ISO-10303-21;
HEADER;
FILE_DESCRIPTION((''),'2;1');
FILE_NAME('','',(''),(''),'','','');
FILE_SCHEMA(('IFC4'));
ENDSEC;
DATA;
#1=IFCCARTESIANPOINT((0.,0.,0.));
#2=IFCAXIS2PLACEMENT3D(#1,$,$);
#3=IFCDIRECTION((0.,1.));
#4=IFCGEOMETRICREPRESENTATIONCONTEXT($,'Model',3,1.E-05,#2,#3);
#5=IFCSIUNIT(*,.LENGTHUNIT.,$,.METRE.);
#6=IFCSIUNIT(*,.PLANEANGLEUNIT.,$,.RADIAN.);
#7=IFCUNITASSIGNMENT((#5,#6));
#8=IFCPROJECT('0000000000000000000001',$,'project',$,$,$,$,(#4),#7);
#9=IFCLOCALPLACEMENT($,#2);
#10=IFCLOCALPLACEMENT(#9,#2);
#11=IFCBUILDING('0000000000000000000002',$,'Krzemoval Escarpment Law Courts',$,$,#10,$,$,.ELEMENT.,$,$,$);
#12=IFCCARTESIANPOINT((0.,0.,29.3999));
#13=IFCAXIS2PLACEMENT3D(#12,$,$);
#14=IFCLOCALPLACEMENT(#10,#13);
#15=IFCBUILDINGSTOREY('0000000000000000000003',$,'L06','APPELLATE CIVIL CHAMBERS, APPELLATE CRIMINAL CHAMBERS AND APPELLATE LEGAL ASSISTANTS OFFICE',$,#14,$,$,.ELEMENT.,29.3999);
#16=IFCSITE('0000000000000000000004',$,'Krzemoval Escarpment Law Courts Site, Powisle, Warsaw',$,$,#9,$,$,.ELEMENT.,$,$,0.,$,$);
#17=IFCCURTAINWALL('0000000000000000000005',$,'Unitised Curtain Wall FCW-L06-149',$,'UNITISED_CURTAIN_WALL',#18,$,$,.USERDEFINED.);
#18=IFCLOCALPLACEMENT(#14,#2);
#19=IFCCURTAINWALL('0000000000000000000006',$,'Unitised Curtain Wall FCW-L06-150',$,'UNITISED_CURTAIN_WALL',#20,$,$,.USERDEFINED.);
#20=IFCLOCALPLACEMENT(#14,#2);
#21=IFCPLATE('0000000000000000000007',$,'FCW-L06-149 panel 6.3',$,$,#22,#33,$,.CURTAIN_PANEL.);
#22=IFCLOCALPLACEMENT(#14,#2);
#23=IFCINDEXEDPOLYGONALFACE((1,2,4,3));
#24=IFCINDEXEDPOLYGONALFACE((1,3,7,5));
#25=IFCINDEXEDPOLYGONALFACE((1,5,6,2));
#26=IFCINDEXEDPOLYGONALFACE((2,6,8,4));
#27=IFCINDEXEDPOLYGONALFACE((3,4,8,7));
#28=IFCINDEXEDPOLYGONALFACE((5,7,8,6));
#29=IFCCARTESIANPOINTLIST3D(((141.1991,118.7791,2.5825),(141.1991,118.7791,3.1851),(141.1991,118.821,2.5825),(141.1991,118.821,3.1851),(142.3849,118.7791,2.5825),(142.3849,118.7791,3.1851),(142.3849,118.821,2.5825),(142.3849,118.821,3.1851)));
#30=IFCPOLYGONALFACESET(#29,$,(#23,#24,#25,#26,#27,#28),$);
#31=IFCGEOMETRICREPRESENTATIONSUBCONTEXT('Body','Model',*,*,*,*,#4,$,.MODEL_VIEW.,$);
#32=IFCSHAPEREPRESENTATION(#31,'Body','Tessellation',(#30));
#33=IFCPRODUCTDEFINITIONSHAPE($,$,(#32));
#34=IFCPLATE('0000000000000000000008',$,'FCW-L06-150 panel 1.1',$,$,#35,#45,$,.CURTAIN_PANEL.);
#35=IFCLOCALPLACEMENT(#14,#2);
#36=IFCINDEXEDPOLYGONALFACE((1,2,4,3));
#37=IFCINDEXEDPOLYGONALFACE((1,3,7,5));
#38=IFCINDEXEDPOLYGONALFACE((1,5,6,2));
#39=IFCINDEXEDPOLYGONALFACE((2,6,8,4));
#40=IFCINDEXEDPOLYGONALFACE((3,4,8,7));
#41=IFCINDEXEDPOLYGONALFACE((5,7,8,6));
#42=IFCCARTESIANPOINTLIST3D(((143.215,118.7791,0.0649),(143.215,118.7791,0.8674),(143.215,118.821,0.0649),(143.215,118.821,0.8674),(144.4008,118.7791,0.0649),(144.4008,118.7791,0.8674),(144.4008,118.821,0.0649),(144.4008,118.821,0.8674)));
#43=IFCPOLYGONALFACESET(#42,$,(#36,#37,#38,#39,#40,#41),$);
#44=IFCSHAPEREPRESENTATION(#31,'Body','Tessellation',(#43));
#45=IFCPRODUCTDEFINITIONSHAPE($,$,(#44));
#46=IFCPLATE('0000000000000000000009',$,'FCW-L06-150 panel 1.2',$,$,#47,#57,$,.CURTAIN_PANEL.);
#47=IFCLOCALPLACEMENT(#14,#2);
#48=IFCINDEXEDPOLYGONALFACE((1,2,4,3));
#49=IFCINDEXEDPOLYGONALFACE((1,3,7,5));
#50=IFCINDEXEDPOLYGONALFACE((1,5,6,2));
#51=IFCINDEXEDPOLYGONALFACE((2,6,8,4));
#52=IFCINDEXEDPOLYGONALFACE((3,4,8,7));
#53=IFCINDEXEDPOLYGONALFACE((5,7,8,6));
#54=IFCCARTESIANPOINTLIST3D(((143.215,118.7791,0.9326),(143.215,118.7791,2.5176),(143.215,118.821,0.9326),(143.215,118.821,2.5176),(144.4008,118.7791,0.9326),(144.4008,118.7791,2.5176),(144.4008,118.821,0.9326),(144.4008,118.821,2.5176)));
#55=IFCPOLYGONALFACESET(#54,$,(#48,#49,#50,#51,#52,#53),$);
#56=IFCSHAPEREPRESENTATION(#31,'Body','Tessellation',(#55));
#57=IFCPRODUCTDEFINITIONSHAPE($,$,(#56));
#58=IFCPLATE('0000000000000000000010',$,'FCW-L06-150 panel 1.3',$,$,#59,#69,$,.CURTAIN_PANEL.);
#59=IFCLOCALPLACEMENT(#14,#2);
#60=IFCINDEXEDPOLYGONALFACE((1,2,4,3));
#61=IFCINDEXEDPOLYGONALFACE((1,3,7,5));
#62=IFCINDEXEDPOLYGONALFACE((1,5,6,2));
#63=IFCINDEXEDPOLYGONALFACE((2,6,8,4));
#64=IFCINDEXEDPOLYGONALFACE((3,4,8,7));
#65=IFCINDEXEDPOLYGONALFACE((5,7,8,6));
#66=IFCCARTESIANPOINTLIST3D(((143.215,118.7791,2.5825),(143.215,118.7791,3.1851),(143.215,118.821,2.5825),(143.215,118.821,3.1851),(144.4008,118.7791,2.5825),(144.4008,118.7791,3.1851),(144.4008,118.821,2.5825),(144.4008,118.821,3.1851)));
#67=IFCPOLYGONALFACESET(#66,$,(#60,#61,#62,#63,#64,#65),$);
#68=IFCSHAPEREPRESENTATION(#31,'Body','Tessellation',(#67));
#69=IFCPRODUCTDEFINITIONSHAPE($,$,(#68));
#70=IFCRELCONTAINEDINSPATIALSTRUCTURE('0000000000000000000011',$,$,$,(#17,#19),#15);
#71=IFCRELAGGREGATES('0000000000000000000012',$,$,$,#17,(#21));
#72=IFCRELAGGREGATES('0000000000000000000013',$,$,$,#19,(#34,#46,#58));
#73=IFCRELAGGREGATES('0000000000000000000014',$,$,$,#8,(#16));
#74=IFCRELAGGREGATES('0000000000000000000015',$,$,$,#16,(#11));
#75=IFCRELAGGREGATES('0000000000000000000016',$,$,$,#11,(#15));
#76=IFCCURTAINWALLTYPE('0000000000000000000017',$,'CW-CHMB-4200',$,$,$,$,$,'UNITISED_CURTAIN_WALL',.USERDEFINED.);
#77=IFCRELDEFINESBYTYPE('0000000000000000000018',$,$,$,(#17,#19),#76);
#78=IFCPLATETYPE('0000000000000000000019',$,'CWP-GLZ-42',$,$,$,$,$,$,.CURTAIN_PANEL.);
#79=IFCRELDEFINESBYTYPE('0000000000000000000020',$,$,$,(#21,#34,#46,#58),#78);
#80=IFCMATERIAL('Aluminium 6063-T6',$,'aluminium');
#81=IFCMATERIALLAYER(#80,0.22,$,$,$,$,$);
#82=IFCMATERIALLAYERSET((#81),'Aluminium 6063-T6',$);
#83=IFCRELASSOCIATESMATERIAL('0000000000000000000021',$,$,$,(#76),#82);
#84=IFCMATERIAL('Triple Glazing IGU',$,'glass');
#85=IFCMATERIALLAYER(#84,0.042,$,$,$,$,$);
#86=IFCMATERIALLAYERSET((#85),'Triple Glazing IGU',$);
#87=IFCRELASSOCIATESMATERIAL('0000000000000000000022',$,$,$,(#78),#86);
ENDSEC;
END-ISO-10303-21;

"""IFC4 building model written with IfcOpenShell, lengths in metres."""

from ifc_helpers import new_model, si_unit, direction, frame, origin, origin_2d, place, context, subcontext, project, spatial, rectangle, extrude, material, layer, layer_set, type_object, element, aggregate, save


model = new_model("IFC4")

# Units and contexts
model_context = context("Model", 3, precision=1e-05, world=origin(), true_north=direction((0.0, 1.0)))
body_context = subcontext(model_context, "Body", "Model", "MODEL_VIEW")
ifc_project = project(units=[si_unit("LENGTHUNIT", "METRE"), si_unit("PLANEANGLEUNIT", "RADIAN")], contexts=[model_context])

# Site, building, storey
site_placement = place(None, origin())
site = spatial("IfcSite", under=ifc_project, at=site_placement, Name="Krzemoval Escarpment Law Courts Site, Powisle, Warsaw", CompositionType="ELEMENT", RefElevation=0.0)
building_placement = place(site_placement, origin())
building = spatial("IfcBuilding", under=site, at=building_placement, Name="Krzemoval Escarpment Law Courts", CompositionType="ELEMENT")
storey_placement = place(building_placement, frame((0.0, 0.0, 29.3999)))
storey = spatial("IfcBuildingStorey", under=building, at=storey_placement, Name="L06", Description="APPELLATE CIVIL CHAMBERS, APPELLATE CRIMINAL CHAMBERS AND APPELLATE LEGAL ASSISTANTS OFFICE", CompositionType="ELEMENT", Elevation=29.3999)

# Curtain wall
ifc_material_1 = material(Name="Aluminium 6063-T6", Category="aluminium")
ifc_layer_1 = layer(ifc_material_1, 0.22)
ifc_layer_set_1 = layer_set([ifc_layer_1], Name="Aluminium 6063-T6")
curtain_wall_type = type_object("IfcCurtainWallType", Name="CW-CHMB-4200", ElementType="UNITISED_CURTAIN_WALL", PredefinedType="USERDEFINED", material=ifc_layer_set_1)
curtain_wall_1_placement = place(storey_placement, origin())
curtain_wall_1 = element("IfcCurtainWall", 1, at=curtain_wall_1_placement, inside=storey, type_object=curtain_wall_type, Name="Unitised Curtain Wall FCW-L06-149", ObjectType="UNITISED_CURTAIN_WALL", PredefinedType="USERDEFINED")

# Curtain wall
curtain_wall_2_placement = place(storey_placement, origin())
curtain_wall_2 = element("IfcCurtainWall", 2, at=curtain_wall_2_placement, inside=storey, type_object=curtain_wall_type, Name="Unitised Curtain Wall FCW-L06-150", ObjectType="UNITISED_CURTAIN_WALL", PredefinedType="USERDEFINED")

# Plates
ifc_material_2 = material(Name="Triple Glazing IGU", Category="glass")
ifc_layer_2 = layer(ifc_material_2, 0.042)
ifc_layer_set_2 = layer_set([ifc_layer_2], Name="Triple Glazing IGU")
plate_type = type_object("IfcPlateType", Name="CWP-GLZ-42", PredefinedType="CURTAIN_PANEL", material=ifc_layer_set_2)
plate_1_placement = place(storey_placement, frame((141.792, 118.8, 2.5825), z_axis=(0.0, 0.0, 1.0), x_axis=(1.0, 0.0, 0.0)))
plate_1 = element("IfcPlate", 3, at=plate_1_placement, type_object=plate_type, Name="FCW-L06-149 panel 6.3", PredefinedType="CURTAIN_PANEL", context=body_context, shape_type="SweptSolid", body=[
    extrude(rectangle(XDim=1.1858, YDim=0.042, at=origin_2d()), origin(), (0.0, 0.0, 1.0), 0.6025),
])
aggregate(curtain_wall_1, [plate_1])
plate_2_placement = place(storey_placement, frame((143.8079, 118.8, 0.0649), z_axis=(0.0, 0.0, 1.0), x_axis=(1.0, 0.0, 0.0)))
plate_2 = element("IfcPlate", 4, at=plate_2_placement, type_object=plate_type, Name="FCW-L06-150 panel 1.1", PredefinedType="CURTAIN_PANEL", context=body_context, shape_type="SweptSolid", body=[
    extrude(rectangle(XDim=1.1858, YDim=0.042, at=origin_2d()), origin(), (0.0, 0.0, 1.0), 0.8025),
])
plate_3_placement = place(storey_placement, frame((143.8079, 118.8, 0.9326), z_axis=(0.0, 0.0, 1.0), x_axis=(1.0, 0.0, 0.0)))
plate_3 = element("IfcPlate", 5, at=plate_3_placement, type_object=plate_type, Name="FCW-L06-150 panel 1.2", PredefinedType="CURTAIN_PANEL", context=body_context, shape_type="SweptSolid", body=[
    extrude(rectangle(XDim=1.1858, YDim=0.042, at=origin_2d()), origin(), (0.0, 0.0, 1.0), 1.585),
])
plate_4_placement = place(storey_placement, frame((143.8079, 118.8, 2.5825), z_axis=(0.0, 0.0, 1.0), x_axis=(1.0, 0.0, 0.0)))
plate_4 = element("IfcPlate", 6, at=plate_4_placement, type_object=plate_type, Name="FCW-L06-150 panel 1.3", PredefinedType="CURTAIN_PANEL", context=body_context, shape_type="SweptSolid", body=[
    extrude(rectangle(XDim=1.1858, YDim=0.042, at=origin_2d()), origin(), (0.0, 0.0, 1.0), 0.6025),
])
aggregate(curtain_wall_2, [plate_2, plate_3, plate_4])

save(model, "model.ifc")
